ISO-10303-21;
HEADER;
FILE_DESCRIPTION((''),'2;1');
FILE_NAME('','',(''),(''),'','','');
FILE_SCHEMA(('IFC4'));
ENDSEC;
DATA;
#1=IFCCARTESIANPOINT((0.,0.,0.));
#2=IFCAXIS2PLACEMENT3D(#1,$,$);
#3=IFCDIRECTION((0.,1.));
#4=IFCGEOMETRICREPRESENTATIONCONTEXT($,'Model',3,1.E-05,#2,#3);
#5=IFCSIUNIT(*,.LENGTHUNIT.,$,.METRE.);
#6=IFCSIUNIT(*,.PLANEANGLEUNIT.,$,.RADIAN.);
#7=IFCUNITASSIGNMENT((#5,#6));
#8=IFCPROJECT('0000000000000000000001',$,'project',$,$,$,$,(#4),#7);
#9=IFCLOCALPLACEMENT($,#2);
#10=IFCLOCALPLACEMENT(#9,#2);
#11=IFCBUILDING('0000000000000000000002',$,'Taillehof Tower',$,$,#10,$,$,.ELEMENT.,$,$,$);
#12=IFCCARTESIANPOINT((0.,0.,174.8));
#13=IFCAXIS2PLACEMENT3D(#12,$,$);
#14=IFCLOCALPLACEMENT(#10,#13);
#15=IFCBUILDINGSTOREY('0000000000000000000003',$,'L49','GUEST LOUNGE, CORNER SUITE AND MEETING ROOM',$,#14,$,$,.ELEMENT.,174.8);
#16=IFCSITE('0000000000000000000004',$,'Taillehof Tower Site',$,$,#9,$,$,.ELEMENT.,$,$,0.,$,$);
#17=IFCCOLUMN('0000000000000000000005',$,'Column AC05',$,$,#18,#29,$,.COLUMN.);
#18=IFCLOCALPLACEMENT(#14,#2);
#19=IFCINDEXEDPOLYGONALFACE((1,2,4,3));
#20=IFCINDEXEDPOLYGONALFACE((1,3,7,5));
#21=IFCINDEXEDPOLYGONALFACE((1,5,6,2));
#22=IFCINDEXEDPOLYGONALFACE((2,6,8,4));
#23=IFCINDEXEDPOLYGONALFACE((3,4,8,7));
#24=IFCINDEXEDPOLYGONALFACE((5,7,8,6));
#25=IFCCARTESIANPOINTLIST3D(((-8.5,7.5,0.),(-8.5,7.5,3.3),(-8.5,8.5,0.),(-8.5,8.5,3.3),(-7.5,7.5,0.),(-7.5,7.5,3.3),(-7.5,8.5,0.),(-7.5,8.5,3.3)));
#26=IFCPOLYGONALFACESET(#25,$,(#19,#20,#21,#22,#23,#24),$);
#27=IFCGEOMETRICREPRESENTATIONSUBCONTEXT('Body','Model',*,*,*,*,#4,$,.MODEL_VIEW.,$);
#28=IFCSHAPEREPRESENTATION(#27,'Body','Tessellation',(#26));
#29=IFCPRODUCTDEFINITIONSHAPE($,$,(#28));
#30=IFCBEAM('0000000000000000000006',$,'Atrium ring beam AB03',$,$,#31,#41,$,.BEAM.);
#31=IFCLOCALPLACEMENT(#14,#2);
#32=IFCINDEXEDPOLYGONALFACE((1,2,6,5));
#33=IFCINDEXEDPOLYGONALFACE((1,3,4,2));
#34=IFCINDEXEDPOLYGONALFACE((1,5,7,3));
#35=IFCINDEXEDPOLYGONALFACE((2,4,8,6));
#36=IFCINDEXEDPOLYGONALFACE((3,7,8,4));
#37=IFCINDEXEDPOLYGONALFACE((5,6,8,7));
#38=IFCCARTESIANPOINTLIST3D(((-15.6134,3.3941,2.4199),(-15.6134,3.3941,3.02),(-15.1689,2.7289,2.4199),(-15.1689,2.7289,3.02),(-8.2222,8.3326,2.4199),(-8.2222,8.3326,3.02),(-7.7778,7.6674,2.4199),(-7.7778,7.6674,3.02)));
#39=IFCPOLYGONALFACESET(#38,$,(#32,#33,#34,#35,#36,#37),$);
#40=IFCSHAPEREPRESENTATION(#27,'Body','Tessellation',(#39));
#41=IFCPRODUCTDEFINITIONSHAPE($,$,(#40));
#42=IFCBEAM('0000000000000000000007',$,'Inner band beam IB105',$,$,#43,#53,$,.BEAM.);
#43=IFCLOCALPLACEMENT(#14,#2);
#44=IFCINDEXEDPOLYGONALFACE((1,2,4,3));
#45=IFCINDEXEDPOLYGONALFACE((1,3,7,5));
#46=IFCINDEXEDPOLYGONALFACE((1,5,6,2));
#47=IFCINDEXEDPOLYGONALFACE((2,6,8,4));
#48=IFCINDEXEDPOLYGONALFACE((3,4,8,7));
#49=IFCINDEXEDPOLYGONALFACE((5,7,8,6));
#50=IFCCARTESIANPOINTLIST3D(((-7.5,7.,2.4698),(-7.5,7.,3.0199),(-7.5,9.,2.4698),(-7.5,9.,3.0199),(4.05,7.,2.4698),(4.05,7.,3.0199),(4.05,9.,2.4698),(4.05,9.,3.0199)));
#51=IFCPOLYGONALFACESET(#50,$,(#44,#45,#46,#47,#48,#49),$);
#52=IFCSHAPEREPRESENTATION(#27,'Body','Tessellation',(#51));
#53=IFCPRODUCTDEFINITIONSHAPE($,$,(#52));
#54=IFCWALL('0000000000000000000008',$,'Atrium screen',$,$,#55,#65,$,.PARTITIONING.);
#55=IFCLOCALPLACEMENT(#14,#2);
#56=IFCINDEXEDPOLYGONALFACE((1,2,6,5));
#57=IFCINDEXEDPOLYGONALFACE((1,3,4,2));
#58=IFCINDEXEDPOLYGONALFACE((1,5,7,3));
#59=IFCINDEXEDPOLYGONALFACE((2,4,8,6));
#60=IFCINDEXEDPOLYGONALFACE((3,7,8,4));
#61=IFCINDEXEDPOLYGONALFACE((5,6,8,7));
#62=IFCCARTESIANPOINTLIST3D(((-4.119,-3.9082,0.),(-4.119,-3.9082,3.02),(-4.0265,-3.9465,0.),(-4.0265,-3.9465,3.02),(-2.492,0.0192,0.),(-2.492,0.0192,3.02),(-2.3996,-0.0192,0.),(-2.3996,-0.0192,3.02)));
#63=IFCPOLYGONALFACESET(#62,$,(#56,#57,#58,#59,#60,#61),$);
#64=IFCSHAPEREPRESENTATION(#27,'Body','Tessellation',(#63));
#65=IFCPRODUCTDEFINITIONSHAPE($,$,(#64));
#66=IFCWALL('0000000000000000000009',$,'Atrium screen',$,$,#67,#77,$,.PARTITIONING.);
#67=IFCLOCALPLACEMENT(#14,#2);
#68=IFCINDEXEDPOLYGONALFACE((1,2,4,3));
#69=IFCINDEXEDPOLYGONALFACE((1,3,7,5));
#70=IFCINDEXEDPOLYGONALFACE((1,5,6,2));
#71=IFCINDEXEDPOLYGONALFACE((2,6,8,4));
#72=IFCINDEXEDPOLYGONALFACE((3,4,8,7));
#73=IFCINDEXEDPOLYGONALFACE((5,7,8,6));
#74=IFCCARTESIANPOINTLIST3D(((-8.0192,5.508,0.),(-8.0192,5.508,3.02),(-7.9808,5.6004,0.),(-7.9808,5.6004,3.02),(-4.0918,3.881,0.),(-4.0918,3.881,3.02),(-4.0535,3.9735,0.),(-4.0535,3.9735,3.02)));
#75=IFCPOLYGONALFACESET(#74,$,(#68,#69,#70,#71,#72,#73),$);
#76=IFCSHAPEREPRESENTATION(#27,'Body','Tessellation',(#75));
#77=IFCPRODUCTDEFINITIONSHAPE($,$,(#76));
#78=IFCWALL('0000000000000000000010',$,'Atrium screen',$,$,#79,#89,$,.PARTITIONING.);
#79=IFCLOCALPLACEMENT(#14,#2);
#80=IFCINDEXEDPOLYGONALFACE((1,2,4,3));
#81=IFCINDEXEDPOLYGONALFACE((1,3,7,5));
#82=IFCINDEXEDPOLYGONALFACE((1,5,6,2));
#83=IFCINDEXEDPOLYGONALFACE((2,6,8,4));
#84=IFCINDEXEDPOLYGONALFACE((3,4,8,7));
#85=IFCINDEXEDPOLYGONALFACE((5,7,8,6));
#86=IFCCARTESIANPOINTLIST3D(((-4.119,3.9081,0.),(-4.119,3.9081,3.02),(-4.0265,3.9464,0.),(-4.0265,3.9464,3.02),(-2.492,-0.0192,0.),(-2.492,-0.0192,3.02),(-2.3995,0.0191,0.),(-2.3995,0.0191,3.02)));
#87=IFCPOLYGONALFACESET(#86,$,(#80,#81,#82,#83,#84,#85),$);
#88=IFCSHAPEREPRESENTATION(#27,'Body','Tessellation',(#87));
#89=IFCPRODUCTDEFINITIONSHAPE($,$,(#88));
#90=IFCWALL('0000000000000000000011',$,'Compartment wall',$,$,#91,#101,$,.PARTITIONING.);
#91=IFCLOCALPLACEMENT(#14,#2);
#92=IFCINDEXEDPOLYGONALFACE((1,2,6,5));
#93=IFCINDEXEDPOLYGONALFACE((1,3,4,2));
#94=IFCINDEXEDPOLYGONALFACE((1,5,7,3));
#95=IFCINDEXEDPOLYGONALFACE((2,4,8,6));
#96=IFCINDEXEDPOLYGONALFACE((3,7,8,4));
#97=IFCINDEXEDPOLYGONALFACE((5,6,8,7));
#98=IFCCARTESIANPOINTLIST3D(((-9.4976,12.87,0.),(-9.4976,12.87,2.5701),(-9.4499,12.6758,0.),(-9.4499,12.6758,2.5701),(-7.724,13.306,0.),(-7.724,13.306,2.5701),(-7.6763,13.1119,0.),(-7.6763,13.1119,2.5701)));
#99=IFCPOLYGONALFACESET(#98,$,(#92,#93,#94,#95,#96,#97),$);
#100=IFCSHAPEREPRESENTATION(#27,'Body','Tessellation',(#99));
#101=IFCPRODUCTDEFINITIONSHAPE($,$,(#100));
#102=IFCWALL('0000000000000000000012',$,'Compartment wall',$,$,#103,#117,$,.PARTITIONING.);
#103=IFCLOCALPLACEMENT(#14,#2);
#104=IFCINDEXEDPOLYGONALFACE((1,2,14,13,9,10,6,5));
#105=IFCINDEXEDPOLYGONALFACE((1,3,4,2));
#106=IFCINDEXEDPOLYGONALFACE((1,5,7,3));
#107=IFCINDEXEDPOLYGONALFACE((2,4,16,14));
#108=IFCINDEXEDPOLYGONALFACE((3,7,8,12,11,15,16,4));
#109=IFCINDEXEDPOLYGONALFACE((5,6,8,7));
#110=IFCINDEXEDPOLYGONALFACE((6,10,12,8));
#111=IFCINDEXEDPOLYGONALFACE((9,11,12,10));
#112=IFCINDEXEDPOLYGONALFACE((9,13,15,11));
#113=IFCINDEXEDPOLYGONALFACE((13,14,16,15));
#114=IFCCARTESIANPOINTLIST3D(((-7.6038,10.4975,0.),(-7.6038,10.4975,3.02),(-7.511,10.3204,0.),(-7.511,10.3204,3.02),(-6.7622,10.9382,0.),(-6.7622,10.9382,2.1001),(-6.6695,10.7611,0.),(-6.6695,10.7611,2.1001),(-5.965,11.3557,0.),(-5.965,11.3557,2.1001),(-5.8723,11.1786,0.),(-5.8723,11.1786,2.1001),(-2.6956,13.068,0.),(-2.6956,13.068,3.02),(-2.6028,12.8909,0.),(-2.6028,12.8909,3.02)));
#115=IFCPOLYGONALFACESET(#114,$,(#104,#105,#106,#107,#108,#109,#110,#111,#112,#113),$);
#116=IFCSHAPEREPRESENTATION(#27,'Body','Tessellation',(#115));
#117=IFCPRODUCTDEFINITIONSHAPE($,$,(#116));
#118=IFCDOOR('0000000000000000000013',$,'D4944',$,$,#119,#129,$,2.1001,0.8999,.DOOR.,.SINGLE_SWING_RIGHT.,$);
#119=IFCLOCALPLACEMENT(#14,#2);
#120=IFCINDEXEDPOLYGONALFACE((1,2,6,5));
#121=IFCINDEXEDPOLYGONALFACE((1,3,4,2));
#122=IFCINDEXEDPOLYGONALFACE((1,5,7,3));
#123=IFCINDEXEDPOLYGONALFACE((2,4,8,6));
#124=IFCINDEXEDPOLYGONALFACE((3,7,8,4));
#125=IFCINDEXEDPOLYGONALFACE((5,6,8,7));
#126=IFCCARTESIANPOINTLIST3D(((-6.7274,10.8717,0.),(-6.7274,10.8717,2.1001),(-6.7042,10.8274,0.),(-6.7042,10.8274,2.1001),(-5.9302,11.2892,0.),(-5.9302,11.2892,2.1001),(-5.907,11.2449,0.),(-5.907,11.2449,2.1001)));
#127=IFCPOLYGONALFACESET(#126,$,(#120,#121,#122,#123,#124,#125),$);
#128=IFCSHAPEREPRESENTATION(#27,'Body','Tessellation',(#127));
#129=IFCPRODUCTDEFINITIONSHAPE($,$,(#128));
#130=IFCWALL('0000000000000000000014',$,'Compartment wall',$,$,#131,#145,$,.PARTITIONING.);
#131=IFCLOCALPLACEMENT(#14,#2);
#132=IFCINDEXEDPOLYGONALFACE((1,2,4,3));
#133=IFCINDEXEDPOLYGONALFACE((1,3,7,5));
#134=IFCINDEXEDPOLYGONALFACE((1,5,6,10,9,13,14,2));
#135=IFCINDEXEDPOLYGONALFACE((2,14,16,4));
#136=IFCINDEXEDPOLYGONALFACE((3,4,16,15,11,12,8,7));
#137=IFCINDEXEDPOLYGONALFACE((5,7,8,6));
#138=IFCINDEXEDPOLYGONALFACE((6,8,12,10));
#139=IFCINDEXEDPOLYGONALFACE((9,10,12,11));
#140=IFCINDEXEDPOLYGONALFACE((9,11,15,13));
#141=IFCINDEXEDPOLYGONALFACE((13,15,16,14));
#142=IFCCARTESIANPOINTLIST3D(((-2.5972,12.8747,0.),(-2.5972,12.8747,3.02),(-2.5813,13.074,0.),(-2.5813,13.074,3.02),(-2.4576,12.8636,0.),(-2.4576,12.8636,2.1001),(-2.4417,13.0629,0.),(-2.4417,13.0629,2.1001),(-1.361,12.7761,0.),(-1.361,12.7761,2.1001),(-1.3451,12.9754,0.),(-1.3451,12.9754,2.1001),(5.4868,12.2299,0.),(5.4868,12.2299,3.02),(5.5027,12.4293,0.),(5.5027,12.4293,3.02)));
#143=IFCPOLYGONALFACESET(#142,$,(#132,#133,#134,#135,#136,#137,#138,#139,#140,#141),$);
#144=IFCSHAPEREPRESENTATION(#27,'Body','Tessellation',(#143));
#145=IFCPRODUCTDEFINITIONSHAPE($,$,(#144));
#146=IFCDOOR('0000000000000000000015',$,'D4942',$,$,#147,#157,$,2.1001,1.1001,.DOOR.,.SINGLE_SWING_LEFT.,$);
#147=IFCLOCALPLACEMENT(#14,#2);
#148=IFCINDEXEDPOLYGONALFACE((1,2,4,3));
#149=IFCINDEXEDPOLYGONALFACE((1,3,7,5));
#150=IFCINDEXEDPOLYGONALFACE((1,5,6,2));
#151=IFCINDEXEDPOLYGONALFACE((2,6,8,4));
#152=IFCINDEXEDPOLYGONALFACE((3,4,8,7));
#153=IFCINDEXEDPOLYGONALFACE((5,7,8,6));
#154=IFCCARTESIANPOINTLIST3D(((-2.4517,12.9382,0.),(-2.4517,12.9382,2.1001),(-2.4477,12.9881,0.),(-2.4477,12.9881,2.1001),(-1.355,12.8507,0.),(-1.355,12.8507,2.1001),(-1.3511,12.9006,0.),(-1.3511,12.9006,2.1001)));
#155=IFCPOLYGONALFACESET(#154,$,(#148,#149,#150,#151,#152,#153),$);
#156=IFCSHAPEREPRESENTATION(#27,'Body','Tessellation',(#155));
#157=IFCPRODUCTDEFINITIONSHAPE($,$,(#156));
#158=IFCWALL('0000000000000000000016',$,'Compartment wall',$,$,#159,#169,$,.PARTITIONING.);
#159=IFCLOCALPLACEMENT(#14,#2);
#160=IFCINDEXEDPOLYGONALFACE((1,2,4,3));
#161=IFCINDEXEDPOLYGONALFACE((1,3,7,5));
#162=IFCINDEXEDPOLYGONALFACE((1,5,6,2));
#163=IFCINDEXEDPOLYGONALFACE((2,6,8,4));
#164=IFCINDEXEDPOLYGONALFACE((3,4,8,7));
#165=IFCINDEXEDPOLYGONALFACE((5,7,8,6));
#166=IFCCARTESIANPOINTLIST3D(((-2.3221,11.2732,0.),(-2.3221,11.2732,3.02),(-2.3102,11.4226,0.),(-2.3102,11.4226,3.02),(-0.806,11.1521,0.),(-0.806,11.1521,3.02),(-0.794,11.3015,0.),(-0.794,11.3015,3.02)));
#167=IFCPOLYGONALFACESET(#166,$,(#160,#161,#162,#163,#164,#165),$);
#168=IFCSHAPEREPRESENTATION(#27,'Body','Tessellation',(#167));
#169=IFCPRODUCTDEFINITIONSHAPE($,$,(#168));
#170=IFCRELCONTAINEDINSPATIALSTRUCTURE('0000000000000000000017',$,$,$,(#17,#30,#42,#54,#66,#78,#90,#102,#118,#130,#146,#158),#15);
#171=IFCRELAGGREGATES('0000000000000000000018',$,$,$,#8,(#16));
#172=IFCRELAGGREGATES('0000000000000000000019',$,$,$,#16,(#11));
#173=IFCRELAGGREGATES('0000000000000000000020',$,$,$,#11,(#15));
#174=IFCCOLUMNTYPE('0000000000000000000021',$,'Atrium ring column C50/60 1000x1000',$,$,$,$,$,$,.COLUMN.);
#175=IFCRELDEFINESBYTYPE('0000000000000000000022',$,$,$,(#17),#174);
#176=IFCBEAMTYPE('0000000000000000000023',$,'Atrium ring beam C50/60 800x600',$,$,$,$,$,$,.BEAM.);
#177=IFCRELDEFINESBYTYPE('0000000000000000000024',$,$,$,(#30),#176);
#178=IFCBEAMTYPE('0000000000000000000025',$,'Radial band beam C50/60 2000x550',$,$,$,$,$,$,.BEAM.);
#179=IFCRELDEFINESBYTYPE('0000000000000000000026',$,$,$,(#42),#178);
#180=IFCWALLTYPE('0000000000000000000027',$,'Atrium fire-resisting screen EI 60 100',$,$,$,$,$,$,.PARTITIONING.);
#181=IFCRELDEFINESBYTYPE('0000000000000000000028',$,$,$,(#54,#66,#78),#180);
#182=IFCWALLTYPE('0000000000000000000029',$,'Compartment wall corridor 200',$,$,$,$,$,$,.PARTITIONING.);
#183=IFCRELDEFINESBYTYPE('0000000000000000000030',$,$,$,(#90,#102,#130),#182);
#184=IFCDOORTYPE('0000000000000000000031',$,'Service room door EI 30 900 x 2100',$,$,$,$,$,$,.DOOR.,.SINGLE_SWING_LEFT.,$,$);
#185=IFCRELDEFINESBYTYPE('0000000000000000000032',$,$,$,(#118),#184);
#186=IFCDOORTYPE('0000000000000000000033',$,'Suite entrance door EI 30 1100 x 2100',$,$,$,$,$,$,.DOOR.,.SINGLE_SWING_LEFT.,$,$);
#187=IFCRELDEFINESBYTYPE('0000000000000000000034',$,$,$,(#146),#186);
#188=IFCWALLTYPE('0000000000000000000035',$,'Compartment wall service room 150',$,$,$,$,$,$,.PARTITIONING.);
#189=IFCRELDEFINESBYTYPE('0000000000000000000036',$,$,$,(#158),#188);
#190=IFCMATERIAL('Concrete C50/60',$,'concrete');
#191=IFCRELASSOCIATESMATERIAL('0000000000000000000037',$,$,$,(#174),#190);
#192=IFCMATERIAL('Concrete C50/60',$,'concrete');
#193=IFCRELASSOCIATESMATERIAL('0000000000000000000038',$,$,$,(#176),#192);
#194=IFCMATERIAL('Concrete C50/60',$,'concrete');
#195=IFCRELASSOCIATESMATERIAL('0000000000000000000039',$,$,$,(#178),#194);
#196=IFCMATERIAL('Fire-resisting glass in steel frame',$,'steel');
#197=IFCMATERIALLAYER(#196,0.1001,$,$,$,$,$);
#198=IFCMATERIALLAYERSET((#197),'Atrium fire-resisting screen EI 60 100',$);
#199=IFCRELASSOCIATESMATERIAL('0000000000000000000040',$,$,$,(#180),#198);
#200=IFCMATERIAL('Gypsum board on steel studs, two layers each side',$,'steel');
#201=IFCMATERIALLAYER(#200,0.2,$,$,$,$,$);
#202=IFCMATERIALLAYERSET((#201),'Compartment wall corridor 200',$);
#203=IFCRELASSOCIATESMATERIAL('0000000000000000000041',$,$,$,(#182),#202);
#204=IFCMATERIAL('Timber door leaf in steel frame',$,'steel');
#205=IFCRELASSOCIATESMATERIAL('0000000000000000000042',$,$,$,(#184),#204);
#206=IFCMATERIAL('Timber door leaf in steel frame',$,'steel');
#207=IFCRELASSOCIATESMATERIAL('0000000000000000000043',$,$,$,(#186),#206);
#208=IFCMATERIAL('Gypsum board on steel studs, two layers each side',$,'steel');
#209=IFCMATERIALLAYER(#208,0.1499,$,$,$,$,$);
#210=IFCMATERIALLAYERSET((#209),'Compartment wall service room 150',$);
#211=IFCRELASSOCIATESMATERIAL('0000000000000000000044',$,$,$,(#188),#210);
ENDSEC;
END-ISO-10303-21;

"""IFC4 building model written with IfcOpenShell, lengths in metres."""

from ifc_helpers import new_model, si_unit, direction, frame, frame_2d, origin, origin_2d, place, context, subcontext, project, spatial, rectangle, extrude, material, layer, layer_set, material_profile, profile_set, type_object, element, fill, save


model = new_model("IFC4")

# Units and contexts
model_context = context("Model", 3, precision=1e-05, world=origin(), true_north=direction((0.0, 1.0)))
body_context = subcontext(model_context, "Body", "Model", "MODEL_VIEW")
ifc_project = project(units=[si_unit("LENGTHUNIT", "METRE"), si_unit("PLANEANGLEUNIT", "RADIAN")], contexts=[model_context])

# Site, building, storey
site_placement = place(None, origin())
site = spatial("IfcSite", under=ifc_project, at=site_placement, Name="Taillehof Tower Site", CompositionType="ELEMENT", RefElevation=0.0)
building_placement = place(site_placement, origin())
building = spatial("IfcBuilding", under=site, at=building_placement, Name="Taillehof Tower", CompositionType="ELEMENT")
storey_placement = place(building_placement, frame((0.0, 0.0, 174.8)))
storey = spatial("IfcBuildingStorey", under=building, at=storey_placement, Name="L49", Description="GUEST LOUNGE, CORNER SUITE AND MEETING ROOM", CompositionType="ELEMENT", Elevation=174.8)

# Column
ifc_material_1 = material(Name="Concrete C50/60", Category="concrete")
ifc_material_profile_1 = material_profile(ifc_material_1, rectangle(XDim=1.0, YDim=1.0, at=origin_2d()), Name="RC 1000x1000")
ifc_profile_set_1 = profile_set([ifc_material_profile_1], Name="Concrete C50/60")
column_type = type_object("IfcColumnType", Name="Atrium ring column C50/60 1000x1000", PredefinedType="COLUMN", material=ifc_profile_set_1)
column_placement = place(storey_placement, frame((-8.0, 8.0, 0.0), z_axis=(0.0, 0.0, 1.0), x_axis=(1.0, 0.0, 0.0)))
element("IfcColumn", 1, at=column_placement, inside=storey, type_object=column_type, Name="Column AC05", PredefinedType="COLUMN", context=body_context, shape_type="SweptSolid", body=[
    extrude(rectangle(XDim=1.0, YDim=1.0, at=origin_2d()), origin(), (0.0, 0.0, 1.0), 3.3),
])

# Beams
ifc_material_2 = material(Name="Concrete C50/60", Category="concrete")
ifc_material_profile_2 = material_profile(ifc_material_2, rectangle(XDim=0.8, YDim=0.6001, at=origin_2d()), Name="RC 800x600")
ifc_profile_set_2 = profile_set([ifc_material_profile_2], Name="Concrete C50/60")
beam_type_1 = type_object("IfcBeamType", Name="Atrium ring beam C50/60 800x600", PredefinedType="BEAM", material=ifc_profile_set_2)
beam_1_placement = place(storey_placement, frame((-8.0, 8.0, 2.72), z_axis=(-0.831475, -0.555562, 0.0), x_axis=(0.555562, -0.831475, 0.0)))
element("IfcBeam", 2, at=beam_1_placement, inside=storey, type_object=beam_type_1, Name="Atrium ring beam AB03", PredefinedType="BEAM", context=body_context, shape_type="SweptSolid", body=[
    extrude(rectangle(XDim=0.8, YDim=0.6001, at=origin_2d()), origin(), (0.0, 0.0, 1.0), 8.8892),
])
ifc_material_3 = material(Name="Concrete C50/60", Category="concrete")
ifc_material_profile_3 = material_profile(ifc_material_3, rectangle(XDim=2.0, YDim=0.55, at=origin_2d()), Name="RC 2000x550")
ifc_profile_set_3 = profile_set([ifc_material_profile_3], Name="Concrete C50/60")
beam_type_2 = type_object("IfcBeamType", Name="Radial band beam C50/60 2000x550", PredefinedType="BEAM", material=ifc_profile_set_3)
beam_2_placement = place(storey_placement, frame((-7.5, 8.0, 2.7449), z_axis=(1.0, 0.0, 0.0), x_axis=(0.0, 1.0, 0.0)))
element("IfcBeam", 3, at=beam_2_placement, inside=storey, type_object=beam_type_2, Name="Inner band beam IB105", PredefinedType="BEAM", context=body_context, shape_type="SweptSolid", body=[
    extrude(rectangle(XDim=2.0, YDim=0.55, at=origin_2d()), origin(), (0.0, 0.0, 1.0), 11.55),
])

# Walls
ifc_material_4 = material(Name="Fire-resisting glass in steel frame", Category="steel")
ifc_layer_1 = layer(ifc_material_4, 0.1001)
ifc_layer_set_1 = layer_set([ifc_layer_1], Name="Atrium fire-resisting screen EI 60 100")
wall_type_1 = type_object("IfcWallType", Name="Atrium fire-resisting screen EI 60 100", PredefinedType="PARTITIONING", material=ifc_layer_set_1)
for number, where, z_axis, x_axis, name in (
    (4, (-2.4458, 0.0, 0.0), (0.0, 0.0, 1.0), (-0.382731, -0.92386, 0.0), "Atrium screen"),
    (5, (-8.0, 5.5542, 0.0), (0.0, 0.0, 1.0), (0.92386, -0.382731, 0.0), "Atrium screen"),
    (6, (-4.0728, 3.9272, 0.0), (0.0, 0.0, 1.0), (0.382731, -0.92386, 0.0), "Atrium screen"),
):
    element("IfcWall", number, at=place(storey_placement, frame(where, z_axis=z_axis, x_axis=x_axis)), inside=storey, type_object=wall_type_1, Name=name, PredefinedType="PARTITIONING", context=body_context, shape_type="SweptSolid", body=[
        extrude(rectangle(XDim=4.251, YDim=0.1001, at=frame_2d((2.1255, 0.0))), origin(), (0.0, 0.0, 1.0), 3.02),
    ])
ifc_material_5 = material(Name="Gypsum board on steel studs, two layers each side", Category="steel")
ifc_layer_2 = layer(ifc_material_5, 0.2)
ifc_layer_set_2 = layer_set([ifc_layer_2], Name="Compartment wall corridor 200")
wall_type_2 = type_object("IfcWallType", Name="Compartment wall corridor 200", PredefinedType="PARTITIONING", material=ifc_layer_set_2)
wall_1_placement = place(storey_placement, frame((-9.4736, 12.7729, 0.0), z_axis=(0.0, 0.0, 1.0), x_axis=(0.971086, 0.238728, 0.0)))
element("IfcWall", 7, at=wall_1_placement, inside=storey, type_object=wall_type_2, Name="Compartment wall", PredefinedType="PARTITIONING", context=body_context, shape_type="SweptSolid", body=[
    extrude(rectangle(XDim=1.8264, YDim=0.2, at=frame_2d((0.9131, 0.0))), origin(), (0.0, 0.0, 1.0), 2.5701),
])

# Walls, openings, doors
wall_2_placement = place(storey_placement, frame((-7.5574, 10.4089, 0.0), z_axis=(0.0, 0.0, 1.0), x_axis=(0.885862, 0.463949, 0.0)))
wall_2 = element("IfcWall", 8, at=wall_2_placement, inside=storey, type_object=wall_type_2, Name="Compartment wall", PredefinedType="PARTITIONING", context=body_context, shape_type="SweptSolid", body=[
    extrude(rectangle(XDim=5.5405, YDim=0.2, at=frame_2d((2.7703, 0.0))), origin(), (0.0, 0.0, 1.0), 3.02),
])
opening_1_placement = place(wall_2_placement, frame((0.95, 0.0, 0.0)))
opening_1 = element("IfcOpeningElement", 9, at=opening_1_placement, cuts=wall_2, PredefinedType="OPENING", context=body_context, shape_type="SweptSolid", body=[
    extrude(rectangle(XDim=0.8999, YDim=2.1001, at=frame_2d((0.45, 1.05))), frame((0.0, 0.1099, 0.0), z_axis=(0.0, -1.0, 0.0), x_axis=(1.0, 0.0, 0.0)), (0.0, 0.0, 1.0), 0.22),
])
ifc_material_6 = material(Name="Timber door leaf in steel frame", Category="steel")
door_type_1 = type_object("IfcDoorType", Name="Service room door EI 30 900 x 2100", OperationType="SINGLE_SWING_LEFT", PredefinedType="DOOR", material=ifc_material_6)
door_1_placement = place(opening_1_placement, origin())
door_1 = element("IfcDoor", 10, at=door_1_placement, inside=storey, type_object=door_type_1, Name="D4944", OperationType="SINGLE_SWING_RIGHT", OverallHeight=2.1001, OverallWidth=0.8999, PredefinedType="DOOR", context=body_context, shape_type="SweptSolid", body=[
    extrude(rectangle(XDim=0.8999, YDim=2.1001, at=frame_2d((0.45, 1.05))), frame((0.0, 0.0249, 0.0), z_axis=(0.0, -1.0, 0.0), x_axis=(1.0, 0.0, 0.0)), (0.0, 0.0, 1.0), 0.05),
])
fill(opening_1, door_1)
wall_3_placement = place(storey_placement, frame((-2.5891, 12.9744, 0.0), z_axis=(0.0, 0.0, 1.0), x_axis=(0.996834, -0.079507, 0.0)))
wall_3 = element("IfcWall", 11, at=wall_3_placement, inside=storey, type_object=wall_type_2, Name="Compartment wall", PredefinedType="PARTITIONING", context=body_context, shape_type="SweptSolid", body=[
    extrude(rectangle(XDim=8.1096, YDim=0.2, at=frame_2d((4.0547, 0.0))), origin(), (0.0, 0.0, 1.0), 3.02),
])
opening_2_placement = place(wall_3_placement, frame((0.1399, 0.0, 0.0)))
opening_2 = element("IfcOpeningElement", 12, at=opening_2_placement, cuts=wall_3, PredefinedType="OPENING", context=body_context, shape_type="SweptSolid", body=[
    extrude(rectangle(XDim=1.1001, YDim=2.1001, at=frame_2d((0.55, 1.05))), frame((0.0, 0.1099, 0.0), z_axis=(0.0, -1.0, 0.0), x_axis=(1.0, 0.0, 0.0)), (0.0, 0.0, 1.0), 0.22),
])
ifc_material_7 = material(Name="Timber door leaf in steel frame", Category="steel")
door_type_2 = type_object("IfcDoorType", Name="Suite entrance door EI 30 1100 x 2100", OperationType="SINGLE_SWING_LEFT", PredefinedType="DOOR", material=ifc_material_7)
door_2_placement = place(opening_2_placement, origin())
door_2 = element("IfcDoor", 13, at=door_2_placement, inside=storey, type_object=door_type_2, Name="D4942", OperationType="SINGLE_SWING_LEFT", OverallHeight=2.1001, OverallWidth=1.1001, PredefinedType="DOOR", context=body_context, shape_type="SweptSolid", body=[
    extrude(rectangle(XDim=1.1001, YDim=2.1001, at=frame_2d((0.55, 1.05))), frame((0.0, 0.0249, 0.0), z_axis=(0.0, -1.0, 0.0), x_axis=(1.0, 0.0, 0.0)), (0.0, 0.0, 1.0), 0.05),
])
fill(opening_2, door_2)

# Wall
ifc_material_8 = material(Name="Gypsum board on steel studs, two layers each side", Category="steel")
ifc_layer_3 = layer(ifc_material_8, 0.1499)
ifc_layer_set_3 = layer_set([ifc_layer_3], Name="Compartment wall service room 150")
wall_type_3 = type_object("IfcWallType", Name="Compartment wall service room 150", PredefinedType="PARTITIONING", material=ifc_layer_set_3)
wall_4_placement = place(storey_placement, frame((-2.3162, 11.3479, 0.0), z_axis=(0.0, 0.0, 1.0), x_axis=(0.996825, -0.079618, 0.0)))
element("IfcWall", 14, at=wall_4_placement, inside=storey, type_object=wall_type_3, Name="Compartment wall", PredefinedType="PARTITIONING", context=body_context, shape_type="SweptSolid", body=[
    extrude(rectangle(XDim=1.521, YDim=0.1499, at=frame_2d((0.7605, 0.0))), origin(), (0.0, 0.0, 1.0), 3.02),
])

save(model, "model.ifc")
